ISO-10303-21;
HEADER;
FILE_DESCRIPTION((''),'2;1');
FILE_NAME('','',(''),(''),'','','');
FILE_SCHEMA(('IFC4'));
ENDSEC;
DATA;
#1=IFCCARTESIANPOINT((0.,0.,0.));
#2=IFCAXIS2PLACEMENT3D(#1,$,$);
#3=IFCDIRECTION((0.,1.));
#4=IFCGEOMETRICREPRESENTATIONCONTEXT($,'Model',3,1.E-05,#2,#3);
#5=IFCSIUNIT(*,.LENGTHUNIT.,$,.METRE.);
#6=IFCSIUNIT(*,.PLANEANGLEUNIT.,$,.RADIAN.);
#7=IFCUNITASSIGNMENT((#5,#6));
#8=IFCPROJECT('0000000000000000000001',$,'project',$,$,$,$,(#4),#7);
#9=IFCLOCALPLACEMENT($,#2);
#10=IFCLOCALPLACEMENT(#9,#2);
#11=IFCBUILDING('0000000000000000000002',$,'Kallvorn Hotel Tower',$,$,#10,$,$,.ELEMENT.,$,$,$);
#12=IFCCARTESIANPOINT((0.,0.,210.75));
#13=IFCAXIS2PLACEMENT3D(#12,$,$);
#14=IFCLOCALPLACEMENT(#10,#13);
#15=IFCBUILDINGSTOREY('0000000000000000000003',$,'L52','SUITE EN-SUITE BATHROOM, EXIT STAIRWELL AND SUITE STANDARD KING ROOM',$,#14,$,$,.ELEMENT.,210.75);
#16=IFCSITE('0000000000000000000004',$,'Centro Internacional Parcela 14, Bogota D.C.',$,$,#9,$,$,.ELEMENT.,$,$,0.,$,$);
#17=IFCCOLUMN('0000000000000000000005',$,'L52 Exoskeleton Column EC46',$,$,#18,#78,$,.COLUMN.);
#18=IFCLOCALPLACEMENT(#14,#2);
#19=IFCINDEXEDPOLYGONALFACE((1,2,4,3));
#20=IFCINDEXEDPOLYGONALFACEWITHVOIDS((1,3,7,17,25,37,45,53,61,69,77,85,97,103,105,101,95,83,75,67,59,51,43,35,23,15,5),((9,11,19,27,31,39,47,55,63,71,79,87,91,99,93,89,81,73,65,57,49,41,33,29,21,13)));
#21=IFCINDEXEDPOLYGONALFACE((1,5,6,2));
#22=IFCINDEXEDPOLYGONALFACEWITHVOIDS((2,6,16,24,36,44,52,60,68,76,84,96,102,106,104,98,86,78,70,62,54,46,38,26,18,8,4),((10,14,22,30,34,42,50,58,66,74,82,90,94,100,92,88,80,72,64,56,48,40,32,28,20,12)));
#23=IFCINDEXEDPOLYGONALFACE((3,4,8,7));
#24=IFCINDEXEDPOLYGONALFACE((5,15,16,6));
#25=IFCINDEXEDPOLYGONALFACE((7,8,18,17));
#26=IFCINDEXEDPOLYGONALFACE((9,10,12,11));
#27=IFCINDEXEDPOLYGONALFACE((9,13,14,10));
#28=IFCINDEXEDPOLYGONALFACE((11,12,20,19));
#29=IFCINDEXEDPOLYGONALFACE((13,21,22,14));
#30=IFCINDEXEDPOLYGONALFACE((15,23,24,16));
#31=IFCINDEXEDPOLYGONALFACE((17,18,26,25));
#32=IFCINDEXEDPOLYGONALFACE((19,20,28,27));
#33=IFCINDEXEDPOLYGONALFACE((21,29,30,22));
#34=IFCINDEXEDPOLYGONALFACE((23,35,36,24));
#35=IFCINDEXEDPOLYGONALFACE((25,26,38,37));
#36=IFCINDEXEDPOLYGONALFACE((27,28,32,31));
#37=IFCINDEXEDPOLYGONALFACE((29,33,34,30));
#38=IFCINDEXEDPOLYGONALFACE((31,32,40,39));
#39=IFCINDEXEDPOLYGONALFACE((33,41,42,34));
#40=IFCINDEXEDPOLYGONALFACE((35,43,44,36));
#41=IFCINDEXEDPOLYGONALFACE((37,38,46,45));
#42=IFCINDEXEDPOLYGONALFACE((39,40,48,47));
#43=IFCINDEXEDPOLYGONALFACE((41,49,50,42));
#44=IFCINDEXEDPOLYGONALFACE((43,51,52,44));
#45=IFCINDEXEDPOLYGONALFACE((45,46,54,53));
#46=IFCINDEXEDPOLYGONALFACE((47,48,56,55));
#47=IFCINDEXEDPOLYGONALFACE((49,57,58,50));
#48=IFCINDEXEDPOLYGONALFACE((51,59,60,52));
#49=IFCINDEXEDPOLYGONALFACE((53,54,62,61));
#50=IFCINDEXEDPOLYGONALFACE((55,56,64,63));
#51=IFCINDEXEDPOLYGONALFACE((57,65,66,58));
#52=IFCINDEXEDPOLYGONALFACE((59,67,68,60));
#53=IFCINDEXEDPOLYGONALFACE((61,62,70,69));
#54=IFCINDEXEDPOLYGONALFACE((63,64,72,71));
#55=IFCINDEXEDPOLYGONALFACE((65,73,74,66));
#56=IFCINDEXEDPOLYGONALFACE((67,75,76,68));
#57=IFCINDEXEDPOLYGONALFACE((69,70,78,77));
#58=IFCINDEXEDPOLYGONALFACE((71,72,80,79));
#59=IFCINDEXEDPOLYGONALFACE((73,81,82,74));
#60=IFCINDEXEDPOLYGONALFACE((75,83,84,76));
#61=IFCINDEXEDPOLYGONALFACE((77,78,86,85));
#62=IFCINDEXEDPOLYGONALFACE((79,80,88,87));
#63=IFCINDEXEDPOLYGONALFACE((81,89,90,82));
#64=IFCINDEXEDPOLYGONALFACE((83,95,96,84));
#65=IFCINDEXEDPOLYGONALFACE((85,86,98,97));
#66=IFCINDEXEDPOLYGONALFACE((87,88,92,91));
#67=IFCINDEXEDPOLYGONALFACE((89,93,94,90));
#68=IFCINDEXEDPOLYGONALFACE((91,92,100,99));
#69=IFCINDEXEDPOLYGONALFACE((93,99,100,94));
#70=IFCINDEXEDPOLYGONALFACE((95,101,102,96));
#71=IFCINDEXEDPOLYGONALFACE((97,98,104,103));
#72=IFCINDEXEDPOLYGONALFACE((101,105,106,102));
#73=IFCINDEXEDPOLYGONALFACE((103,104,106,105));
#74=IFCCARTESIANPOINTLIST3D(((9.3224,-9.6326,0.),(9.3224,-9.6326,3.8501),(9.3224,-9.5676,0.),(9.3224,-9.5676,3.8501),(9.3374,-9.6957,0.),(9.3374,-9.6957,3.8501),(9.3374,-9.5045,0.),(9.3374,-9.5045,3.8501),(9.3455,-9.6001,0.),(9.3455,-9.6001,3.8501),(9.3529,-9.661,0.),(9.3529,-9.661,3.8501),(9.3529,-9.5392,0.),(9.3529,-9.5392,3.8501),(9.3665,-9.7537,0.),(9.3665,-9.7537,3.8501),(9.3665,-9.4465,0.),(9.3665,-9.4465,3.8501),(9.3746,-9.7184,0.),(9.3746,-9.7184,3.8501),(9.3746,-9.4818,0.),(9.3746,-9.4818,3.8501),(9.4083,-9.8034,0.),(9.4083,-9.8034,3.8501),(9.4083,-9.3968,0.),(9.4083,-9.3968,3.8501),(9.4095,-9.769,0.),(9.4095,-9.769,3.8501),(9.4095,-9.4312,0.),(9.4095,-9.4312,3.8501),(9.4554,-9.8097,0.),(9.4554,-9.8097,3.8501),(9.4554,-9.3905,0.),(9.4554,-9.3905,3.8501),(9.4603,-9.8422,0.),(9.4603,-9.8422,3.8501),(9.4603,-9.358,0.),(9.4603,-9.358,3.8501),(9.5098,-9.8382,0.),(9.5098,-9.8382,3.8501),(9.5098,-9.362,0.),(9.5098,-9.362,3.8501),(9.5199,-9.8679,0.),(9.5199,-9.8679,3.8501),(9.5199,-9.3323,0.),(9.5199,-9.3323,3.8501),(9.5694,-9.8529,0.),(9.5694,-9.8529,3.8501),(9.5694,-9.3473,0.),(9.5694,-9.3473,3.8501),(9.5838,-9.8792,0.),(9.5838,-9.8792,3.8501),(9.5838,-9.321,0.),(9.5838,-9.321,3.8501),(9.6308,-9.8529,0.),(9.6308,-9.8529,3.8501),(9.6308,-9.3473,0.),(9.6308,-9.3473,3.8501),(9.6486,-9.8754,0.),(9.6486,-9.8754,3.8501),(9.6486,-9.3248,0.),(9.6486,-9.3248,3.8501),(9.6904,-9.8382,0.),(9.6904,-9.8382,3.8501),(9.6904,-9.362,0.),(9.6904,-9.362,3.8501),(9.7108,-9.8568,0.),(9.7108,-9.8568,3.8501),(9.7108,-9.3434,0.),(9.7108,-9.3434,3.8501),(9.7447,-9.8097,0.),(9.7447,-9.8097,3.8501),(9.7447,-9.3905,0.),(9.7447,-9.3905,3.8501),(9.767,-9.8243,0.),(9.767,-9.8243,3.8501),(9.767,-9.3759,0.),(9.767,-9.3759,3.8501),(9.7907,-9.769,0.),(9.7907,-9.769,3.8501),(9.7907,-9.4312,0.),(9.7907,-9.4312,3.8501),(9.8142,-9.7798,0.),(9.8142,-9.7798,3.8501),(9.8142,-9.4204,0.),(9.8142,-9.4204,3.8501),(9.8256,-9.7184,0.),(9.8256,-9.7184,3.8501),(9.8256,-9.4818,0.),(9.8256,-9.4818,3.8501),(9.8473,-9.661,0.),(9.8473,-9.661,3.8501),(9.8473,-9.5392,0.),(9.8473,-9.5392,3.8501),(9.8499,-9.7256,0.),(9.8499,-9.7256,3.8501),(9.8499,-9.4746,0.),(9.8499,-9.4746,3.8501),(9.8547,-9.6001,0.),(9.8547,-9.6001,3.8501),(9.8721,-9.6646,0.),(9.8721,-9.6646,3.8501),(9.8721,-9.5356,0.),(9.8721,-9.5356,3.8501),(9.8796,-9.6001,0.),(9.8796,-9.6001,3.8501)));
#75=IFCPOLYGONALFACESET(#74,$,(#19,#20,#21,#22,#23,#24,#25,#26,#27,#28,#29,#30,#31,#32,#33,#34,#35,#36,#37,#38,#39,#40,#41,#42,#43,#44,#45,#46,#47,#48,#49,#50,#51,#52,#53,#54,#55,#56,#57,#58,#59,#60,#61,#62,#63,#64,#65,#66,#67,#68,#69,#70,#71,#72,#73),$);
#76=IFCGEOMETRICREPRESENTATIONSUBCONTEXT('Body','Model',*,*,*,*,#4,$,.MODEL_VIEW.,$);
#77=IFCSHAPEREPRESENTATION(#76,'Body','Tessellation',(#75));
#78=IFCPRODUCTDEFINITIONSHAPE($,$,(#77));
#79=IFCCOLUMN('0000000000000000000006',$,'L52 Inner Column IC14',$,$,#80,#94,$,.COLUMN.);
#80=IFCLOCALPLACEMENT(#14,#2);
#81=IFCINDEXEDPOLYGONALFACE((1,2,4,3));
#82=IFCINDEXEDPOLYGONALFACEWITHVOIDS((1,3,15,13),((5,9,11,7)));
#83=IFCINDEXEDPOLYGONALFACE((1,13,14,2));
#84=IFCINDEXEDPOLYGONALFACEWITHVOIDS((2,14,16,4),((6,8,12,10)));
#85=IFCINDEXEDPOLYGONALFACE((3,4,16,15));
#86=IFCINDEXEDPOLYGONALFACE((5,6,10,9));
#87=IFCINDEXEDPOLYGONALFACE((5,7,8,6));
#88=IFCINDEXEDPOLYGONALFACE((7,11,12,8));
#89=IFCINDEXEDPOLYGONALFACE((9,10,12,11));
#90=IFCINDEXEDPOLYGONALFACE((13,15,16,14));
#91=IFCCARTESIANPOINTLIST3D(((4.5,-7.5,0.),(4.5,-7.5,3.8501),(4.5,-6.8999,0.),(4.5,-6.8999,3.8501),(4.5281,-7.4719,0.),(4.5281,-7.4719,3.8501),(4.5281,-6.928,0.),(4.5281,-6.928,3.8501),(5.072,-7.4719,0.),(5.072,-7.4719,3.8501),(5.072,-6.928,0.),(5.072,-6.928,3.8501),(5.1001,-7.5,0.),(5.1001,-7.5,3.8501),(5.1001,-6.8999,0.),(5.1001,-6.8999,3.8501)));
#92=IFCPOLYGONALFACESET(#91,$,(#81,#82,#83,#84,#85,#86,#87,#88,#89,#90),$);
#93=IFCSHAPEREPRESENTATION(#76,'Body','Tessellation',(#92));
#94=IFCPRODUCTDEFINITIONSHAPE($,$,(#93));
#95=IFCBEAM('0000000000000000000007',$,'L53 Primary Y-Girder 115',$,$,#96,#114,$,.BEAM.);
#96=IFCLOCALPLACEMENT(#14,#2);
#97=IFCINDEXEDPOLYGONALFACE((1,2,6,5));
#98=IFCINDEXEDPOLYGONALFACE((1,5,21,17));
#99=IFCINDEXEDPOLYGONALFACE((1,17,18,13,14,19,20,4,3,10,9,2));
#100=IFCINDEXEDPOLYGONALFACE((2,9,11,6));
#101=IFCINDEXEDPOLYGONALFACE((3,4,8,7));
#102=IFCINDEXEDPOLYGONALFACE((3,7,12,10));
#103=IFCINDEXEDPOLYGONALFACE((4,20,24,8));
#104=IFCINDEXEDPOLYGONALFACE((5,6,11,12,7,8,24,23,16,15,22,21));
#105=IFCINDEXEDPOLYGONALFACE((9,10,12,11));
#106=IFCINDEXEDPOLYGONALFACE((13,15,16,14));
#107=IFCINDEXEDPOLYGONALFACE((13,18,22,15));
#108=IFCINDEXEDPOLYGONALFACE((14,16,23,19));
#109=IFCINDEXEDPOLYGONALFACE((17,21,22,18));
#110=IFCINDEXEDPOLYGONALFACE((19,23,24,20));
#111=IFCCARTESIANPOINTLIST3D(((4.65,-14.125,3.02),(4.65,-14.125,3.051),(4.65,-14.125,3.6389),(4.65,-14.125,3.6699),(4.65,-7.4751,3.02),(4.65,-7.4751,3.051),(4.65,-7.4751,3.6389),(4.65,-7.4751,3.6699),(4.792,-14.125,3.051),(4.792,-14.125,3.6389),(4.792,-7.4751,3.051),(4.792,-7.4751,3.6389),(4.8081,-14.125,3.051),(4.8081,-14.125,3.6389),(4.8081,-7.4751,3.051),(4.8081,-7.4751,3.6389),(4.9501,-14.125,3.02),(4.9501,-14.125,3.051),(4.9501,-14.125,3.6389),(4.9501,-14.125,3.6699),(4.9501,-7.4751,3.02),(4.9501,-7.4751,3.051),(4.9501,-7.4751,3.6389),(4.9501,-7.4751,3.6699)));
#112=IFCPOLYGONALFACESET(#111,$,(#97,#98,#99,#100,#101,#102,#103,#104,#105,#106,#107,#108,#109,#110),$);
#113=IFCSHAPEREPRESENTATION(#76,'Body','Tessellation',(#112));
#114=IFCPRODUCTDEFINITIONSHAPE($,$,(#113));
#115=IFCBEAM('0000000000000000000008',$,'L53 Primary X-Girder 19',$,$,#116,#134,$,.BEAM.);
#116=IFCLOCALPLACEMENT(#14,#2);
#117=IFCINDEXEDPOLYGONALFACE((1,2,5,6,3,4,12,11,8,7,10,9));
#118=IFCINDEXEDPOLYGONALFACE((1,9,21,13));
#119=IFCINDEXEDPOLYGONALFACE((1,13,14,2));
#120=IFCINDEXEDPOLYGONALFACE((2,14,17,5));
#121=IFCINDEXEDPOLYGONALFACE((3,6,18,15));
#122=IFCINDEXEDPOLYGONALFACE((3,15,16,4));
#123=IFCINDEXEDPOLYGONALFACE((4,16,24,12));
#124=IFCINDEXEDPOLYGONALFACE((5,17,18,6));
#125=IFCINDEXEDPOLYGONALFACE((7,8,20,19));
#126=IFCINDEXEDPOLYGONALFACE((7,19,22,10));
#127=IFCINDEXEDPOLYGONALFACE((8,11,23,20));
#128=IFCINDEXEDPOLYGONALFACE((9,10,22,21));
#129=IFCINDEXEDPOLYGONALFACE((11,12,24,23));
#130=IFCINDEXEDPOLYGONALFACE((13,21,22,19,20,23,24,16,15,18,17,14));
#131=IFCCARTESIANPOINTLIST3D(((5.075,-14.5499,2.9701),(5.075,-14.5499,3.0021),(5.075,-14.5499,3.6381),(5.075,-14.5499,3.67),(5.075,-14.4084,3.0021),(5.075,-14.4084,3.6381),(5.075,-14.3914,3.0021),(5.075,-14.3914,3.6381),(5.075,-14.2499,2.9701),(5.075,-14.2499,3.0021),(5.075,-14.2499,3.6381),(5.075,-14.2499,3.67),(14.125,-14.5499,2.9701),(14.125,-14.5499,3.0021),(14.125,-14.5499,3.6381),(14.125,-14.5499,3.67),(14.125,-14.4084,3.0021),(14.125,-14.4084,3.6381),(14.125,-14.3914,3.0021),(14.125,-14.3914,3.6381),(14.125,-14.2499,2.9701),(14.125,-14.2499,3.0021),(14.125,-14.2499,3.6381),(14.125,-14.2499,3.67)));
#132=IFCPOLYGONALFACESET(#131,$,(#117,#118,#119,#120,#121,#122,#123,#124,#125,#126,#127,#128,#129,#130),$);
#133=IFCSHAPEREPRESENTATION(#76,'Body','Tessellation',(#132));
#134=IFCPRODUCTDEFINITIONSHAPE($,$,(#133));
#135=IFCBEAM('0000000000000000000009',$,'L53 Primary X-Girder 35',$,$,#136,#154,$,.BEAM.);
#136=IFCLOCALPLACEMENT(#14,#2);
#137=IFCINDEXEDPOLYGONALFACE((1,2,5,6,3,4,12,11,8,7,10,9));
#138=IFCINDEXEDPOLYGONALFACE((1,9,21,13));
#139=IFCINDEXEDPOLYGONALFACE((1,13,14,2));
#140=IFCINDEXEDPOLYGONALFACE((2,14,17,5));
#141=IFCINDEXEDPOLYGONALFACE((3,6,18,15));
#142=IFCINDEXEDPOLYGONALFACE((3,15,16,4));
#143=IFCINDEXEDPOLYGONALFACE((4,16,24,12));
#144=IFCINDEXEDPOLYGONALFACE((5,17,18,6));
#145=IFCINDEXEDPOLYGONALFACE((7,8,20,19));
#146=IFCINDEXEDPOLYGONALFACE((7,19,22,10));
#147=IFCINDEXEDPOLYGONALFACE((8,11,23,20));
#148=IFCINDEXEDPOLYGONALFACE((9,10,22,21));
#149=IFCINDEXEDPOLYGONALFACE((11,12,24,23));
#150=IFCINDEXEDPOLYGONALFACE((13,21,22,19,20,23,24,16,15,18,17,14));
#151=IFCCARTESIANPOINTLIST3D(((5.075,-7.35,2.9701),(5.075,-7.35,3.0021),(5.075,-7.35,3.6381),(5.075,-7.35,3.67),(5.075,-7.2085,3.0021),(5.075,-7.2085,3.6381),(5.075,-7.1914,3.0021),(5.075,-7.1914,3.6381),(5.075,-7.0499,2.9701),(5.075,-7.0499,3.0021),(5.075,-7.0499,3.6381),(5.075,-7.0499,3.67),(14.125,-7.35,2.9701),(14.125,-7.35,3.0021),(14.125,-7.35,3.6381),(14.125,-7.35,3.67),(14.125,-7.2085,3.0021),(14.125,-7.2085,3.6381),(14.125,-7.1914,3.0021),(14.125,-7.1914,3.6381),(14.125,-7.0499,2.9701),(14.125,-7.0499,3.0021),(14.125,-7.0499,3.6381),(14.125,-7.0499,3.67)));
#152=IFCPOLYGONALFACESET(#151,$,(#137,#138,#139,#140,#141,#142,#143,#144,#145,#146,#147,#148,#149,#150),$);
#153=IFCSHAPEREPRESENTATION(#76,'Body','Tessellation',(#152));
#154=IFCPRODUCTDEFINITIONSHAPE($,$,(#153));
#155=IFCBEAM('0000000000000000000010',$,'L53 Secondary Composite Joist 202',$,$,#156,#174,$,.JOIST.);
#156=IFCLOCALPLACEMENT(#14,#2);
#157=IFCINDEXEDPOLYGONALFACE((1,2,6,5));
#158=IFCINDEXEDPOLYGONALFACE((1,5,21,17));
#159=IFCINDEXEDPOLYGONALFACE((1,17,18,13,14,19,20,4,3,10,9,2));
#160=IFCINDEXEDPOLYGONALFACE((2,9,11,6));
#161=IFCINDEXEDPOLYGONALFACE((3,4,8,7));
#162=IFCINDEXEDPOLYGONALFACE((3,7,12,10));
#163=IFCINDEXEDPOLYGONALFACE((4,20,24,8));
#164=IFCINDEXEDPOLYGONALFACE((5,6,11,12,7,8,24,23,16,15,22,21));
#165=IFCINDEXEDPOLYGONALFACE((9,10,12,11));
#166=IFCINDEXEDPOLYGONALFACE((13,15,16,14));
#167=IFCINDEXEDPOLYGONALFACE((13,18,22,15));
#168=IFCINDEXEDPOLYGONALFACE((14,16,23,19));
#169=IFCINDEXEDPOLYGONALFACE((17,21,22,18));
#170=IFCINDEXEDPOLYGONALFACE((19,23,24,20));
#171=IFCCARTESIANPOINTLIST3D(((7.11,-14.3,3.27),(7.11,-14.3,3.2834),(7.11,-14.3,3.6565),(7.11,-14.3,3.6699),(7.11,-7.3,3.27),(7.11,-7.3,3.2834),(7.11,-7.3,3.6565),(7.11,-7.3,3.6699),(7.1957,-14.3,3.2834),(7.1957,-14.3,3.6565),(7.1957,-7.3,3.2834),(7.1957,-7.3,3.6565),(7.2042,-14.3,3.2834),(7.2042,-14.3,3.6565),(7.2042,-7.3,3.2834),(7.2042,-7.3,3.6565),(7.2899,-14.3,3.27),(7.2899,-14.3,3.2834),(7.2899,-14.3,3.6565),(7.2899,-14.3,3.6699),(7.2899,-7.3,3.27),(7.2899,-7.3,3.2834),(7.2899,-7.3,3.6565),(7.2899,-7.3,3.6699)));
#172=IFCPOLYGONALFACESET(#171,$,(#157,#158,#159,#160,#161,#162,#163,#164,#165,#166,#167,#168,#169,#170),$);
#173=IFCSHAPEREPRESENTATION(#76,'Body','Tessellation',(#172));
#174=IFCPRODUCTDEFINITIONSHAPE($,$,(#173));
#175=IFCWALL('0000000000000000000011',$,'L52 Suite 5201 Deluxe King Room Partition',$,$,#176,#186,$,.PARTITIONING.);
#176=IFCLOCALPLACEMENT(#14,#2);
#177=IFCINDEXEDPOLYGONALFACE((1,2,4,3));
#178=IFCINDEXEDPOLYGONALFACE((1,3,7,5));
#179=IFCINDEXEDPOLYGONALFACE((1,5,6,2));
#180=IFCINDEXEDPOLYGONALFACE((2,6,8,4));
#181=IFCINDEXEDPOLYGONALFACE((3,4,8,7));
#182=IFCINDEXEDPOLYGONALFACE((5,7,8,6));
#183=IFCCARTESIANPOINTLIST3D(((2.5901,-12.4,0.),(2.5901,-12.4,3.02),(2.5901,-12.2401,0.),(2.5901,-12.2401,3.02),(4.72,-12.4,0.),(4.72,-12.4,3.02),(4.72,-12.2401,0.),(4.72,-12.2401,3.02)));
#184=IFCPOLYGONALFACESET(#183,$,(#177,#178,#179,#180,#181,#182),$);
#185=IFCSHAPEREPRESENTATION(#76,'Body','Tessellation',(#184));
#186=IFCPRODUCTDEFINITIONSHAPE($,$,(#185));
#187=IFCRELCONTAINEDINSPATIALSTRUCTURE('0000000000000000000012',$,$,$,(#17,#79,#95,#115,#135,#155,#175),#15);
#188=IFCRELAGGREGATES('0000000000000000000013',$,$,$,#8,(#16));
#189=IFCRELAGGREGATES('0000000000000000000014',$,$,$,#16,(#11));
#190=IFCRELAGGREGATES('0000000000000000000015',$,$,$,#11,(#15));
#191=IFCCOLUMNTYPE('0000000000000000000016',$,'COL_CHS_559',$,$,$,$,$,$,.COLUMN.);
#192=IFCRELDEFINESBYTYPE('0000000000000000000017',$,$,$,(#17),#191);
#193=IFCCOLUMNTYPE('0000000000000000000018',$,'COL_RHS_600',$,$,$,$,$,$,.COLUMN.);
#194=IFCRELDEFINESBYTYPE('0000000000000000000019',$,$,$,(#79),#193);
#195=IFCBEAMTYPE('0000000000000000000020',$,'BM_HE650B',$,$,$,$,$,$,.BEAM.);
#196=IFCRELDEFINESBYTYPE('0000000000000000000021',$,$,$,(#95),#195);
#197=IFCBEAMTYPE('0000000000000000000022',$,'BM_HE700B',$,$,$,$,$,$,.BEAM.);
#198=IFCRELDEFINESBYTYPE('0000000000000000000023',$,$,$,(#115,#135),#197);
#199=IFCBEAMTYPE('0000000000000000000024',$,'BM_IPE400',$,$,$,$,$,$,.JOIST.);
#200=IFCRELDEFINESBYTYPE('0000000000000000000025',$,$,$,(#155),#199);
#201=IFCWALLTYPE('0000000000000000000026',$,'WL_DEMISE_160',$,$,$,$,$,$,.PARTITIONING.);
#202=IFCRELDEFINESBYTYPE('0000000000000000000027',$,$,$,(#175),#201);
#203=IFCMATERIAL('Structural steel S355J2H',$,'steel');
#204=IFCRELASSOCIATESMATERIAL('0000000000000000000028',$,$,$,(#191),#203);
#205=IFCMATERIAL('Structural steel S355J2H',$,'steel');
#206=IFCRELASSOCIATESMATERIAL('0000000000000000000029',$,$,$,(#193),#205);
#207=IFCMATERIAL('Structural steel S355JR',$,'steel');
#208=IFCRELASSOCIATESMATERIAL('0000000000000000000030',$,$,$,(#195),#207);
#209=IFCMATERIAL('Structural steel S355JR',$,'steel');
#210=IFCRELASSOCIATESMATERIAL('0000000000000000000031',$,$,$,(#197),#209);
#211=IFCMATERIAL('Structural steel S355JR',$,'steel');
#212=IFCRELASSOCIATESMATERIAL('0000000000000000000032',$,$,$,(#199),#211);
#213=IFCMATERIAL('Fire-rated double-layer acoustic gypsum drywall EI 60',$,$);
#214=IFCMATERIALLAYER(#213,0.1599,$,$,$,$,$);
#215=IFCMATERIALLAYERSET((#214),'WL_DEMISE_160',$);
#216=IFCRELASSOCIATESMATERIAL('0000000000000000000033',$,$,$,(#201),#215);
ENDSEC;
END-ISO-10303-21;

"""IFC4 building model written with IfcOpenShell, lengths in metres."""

from ifc_helpers import new_model, si_unit, direction, frame, frame_2d, origin, origin_2d, place, context, subcontext, project, spatial, rectangle, hollow_rectangle, hollow_circle, i_section, extrude, material, layer, layer_set, material_profile, profile_set, type_object, element, save


model = new_model("IFC4")

# Units and contexts
model_context = context("Model", 3, precision=1e-05, world=origin(), true_north=direction((0.0, 1.0)))
body_context = subcontext(model_context, "Body", "Model", "MODEL_VIEW")
ifc_project = project(units=[si_unit("LENGTHUNIT", "METRE"), si_unit("PLANEANGLEUNIT", "RADIAN")], contexts=[model_context])

# Site, building, storey
site_placement = place(None, origin())
site = spatial("IfcSite", under=ifc_project, at=site_placement, Name="Centro Internacional Parcela 14, Bogota D.C.", CompositionType="ELEMENT", RefElevation=0.0)
building_placement = place(site_placement, origin())
building = spatial("IfcBuilding", under=site, at=building_placement, Name="Kallvorn Hotel Tower", CompositionType="ELEMENT")
storey_placement = place(building_placement, frame((0.0, 0.0, 210.75)))
storey = spatial("IfcBuildingStorey", under=building, at=storey_placement, Name="L52", Description="SUITE EN-SUITE BATHROOM, EXIT STAIRWELL AND SUITE STANDARD KING ROOM", CompositionType="ELEMENT", Elevation=210.75)

# Columns
ifc_material_1 = material(Name="Structural steel S355J2H", Category="steel")
ifc_material_profile_1 = material_profile(ifc_material_1, hollow_circle(Radius=0.2795, WallThickness=0.0249, at=origin_2d()), Name="CHS 559x25")
ifc_profile_set_1 = profile_set([ifc_material_profile_1], Name="Structural steel S355J2H")
column_type_1 = type_object("IfcColumnType", Name="COL_CHS_559", PredefinedType="COLUMN", material=ifc_profile_set_1)
column_1_placement = place(storey_placement, frame((9.6001, -9.6001, 0.0), z_axis=(0.0, 0.0, 1.0), x_axis=(1.0, 0.0, 0.0)))
element("IfcColumn", 1, at=column_1_placement, inside=storey, type_object=column_type_1, Name="L52 Exoskeleton Column EC46", PredefinedType="COLUMN", context=body_context, shape_type="SweptSolid", body=[
    extrude(hollow_circle(Radius=0.2795, WallThickness=0.0249, at=origin_2d()), origin(), (0.0, 0.0, 1.0), 3.8501),
])
ifc_material_2 = material(Name="Structural steel S355J2H", Category="steel")
ifc_material_profile_2 = material_profile(ifc_material_2, hollow_rectangle(XDim=0.6001, YDim=0.6001, WallThickness=0.0281, at=origin_2d()), Name="RHS 600x600x28")
ifc_profile_set_2 = profile_set([ifc_material_profile_2], Name="Structural steel S355J2H")
column_type_2 = type_object("IfcColumnType", Name="COL_RHS_600", PredefinedType="COLUMN", material=ifc_profile_set_2)
column_2_placement = place(storey_placement, frame((4.8, -7.2, 0.0), z_axis=(0.0, 0.0, 1.0), x_axis=(1.0, 0.0, 0.0)))
element("IfcColumn", 2, at=column_2_placement, inside=storey, type_object=column_type_2, Name="L52 Inner Column IC14", PredefinedType="COLUMN", context=body_context, shape_type="SweptSolid", body=[
    extrude(hollow_rectangle(XDim=0.6001, YDim=0.6001, WallThickness=0.0281, at=origin_2d()), origin(), (0.0, 0.0, 1.0), 3.8501),
])

# Beams
ifc_material_3 = material(Name="Structural steel S355JR", Category="steel")
ifc_material_profile_3 = material_profile(ifc_material_3, i_section(OverallWidth=0.3, OverallDepth=0.6499, WebThickness=0.0161, FlangeThickness=0.031, at=origin_2d()), Name="HE 650 B")
ifc_profile_set_3 = profile_set([ifc_material_profile_3], Name="Structural steel S355JR")
beam_type_1 = type_object("IfcBeamType", Name="BM_HE650B", PredefinedType="BEAM", material=ifc_profile_set_3)
beam_1_placement = place(storey_placement, frame((4.8, -14.125, 3.345), z_axis=(0.0, 1.0, 0.0), x_axis=(-1.0, 0.0, 0.0)))
element("IfcBeam", 3, at=beam_1_placement, inside=storey, type_object=beam_type_1, Name="L53 Primary Y-Girder 115", PredefinedType="BEAM", context=body_context, shape_type="SweptSolid", body=[
    extrude(i_section(OverallWidth=0.3, OverallDepth=0.6499, WebThickness=0.0161, FlangeThickness=0.031, at=origin_2d()), origin(), (0.0, 0.0, 1.0), 6.6499),
])
ifc_material_4 = material(Name="Structural steel S355JR", Category="steel")
ifc_material_profile_4 = material_profile(ifc_material_4, i_section(OverallWidth=0.3, OverallDepth=0.7, WebThickness=0.0171, FlangeThickness=0.032, at=origin_2d()), Name="HE 700 B")
ifc_profile_set_4 = profile_set([ifc_material_profile_4], Name="Structural steel S355JR")
beam_type_2 = type_object("IfcBeamType", Name="BM_HE700B", PredefinedType="BEAM", material=ifc_profile_set_4)
for number, where, z_axis, x_axis, name in (
    (4, (5.075, -14.3999, 3.3201), (1.0, 0.0, 0.0), (0.0, 1.0, 0.0), "L53 Primary X-Girder 19"),
    (5, (5.075, -7.2, 3.3201), (1.0, 0.0, 0.0), (0.0, 1.0, 0.0), "L53 Primary X-Girder 35"),
):
    element("IfcBeam", number, at=place(storey_placement, frame(where, z_axis=z_axis, x_axis=x_axis)), inside=storey, type_object=beam_type_2, Name=name, PredefinedType="BEAM", context=body_context, shape_type="SweptSolid", body=[
        extrude(i_section(OverallWidth=0.3, OverallDepth=0.7, WebThickness=0.0171, FlangeThickness=0.032, at=origin_2d()), origin(), (0.0, 0.0, 1.0), 9.05),
    ])
ifc_material_5 = material(Name="Structural steel S355JR", Category="steel")
ifc_material_profile_5 = material_profile(ifc_material_5, i_section(OverallWidth=0.1799, OverallDepth=0.3999, WebThickness=0.0085, FlangeThickness=0.0134, at=origin_2d()), Name="IPE 400")
ifc_profile_set_5 = profile_set([ifc_material_profile_5], Name="Structural steel S355JR")
beam_type_3 = type_object("IfcBeamType", Name="BM_IPE400", PredefinedType="JOIST", material=ifc_profile_set_5)
beam_2_placement = place(storey_placement, frame((7.2, -14.3, 3.47), z_axis=(0.0, 1.0, 0.0), x_axis=(-1.0, 0.0, 0.0)))
element("IfcBeam", 6, at=beam_2_placement, inside=storey, type_object=beam_type_3, Name="L53 Secondary Composite Joist 202", PredefinedType="JOIST", context=body_context, shape_type="SweptSolid", body=[
    extrude(i_section(OverallWidth=0.1799, OverallDepth=0.3999, WebThickness=0.0085, FlangeThickness=0.0134, at=origin_2d()), origin(), (0.0, 0.0, 1.0), 7.0),
])

# Wall
ifc_material_6 = material(Name="Fire-rated double-layer acoustic gypsum drywall EI 60")
ifc_layer_1 = layer(ifc_material_6, 0.1599)
ifc_layer_set_1 = layer_set([ifc_layer_1], Name="WL_DEMISE_160")
wall_type_1 = type_object("IfcWallType", Name="WL_DEMISE_160", PredefinedType="PARTITIONING", material=ifc_layer_set_1)
wall_1_placement = place(storey_placement, frame((2.5901, -12.3201, 0.0), z_axis=(0.0, 0.0, 1.0), x_axis=(1.0, 0.0, 0.0)))
element("IfcWall", 7, at=wall_1_placement, inside=storey, type_object=wall_type_1, Name="L52 Suite 5201 Deluxe King Room Partition", PredefinedType="PARTITIONING", context=body_context, shape_type="SweptSolid", body=[
    extrude(rectangle(XDim=2.1299, YDim=0.1599, at=frame_2d((1.0649, 0.0))), origin(), (0.0, 0.0, 1.0), 3.02),
])

save(model, "model.ifc")
